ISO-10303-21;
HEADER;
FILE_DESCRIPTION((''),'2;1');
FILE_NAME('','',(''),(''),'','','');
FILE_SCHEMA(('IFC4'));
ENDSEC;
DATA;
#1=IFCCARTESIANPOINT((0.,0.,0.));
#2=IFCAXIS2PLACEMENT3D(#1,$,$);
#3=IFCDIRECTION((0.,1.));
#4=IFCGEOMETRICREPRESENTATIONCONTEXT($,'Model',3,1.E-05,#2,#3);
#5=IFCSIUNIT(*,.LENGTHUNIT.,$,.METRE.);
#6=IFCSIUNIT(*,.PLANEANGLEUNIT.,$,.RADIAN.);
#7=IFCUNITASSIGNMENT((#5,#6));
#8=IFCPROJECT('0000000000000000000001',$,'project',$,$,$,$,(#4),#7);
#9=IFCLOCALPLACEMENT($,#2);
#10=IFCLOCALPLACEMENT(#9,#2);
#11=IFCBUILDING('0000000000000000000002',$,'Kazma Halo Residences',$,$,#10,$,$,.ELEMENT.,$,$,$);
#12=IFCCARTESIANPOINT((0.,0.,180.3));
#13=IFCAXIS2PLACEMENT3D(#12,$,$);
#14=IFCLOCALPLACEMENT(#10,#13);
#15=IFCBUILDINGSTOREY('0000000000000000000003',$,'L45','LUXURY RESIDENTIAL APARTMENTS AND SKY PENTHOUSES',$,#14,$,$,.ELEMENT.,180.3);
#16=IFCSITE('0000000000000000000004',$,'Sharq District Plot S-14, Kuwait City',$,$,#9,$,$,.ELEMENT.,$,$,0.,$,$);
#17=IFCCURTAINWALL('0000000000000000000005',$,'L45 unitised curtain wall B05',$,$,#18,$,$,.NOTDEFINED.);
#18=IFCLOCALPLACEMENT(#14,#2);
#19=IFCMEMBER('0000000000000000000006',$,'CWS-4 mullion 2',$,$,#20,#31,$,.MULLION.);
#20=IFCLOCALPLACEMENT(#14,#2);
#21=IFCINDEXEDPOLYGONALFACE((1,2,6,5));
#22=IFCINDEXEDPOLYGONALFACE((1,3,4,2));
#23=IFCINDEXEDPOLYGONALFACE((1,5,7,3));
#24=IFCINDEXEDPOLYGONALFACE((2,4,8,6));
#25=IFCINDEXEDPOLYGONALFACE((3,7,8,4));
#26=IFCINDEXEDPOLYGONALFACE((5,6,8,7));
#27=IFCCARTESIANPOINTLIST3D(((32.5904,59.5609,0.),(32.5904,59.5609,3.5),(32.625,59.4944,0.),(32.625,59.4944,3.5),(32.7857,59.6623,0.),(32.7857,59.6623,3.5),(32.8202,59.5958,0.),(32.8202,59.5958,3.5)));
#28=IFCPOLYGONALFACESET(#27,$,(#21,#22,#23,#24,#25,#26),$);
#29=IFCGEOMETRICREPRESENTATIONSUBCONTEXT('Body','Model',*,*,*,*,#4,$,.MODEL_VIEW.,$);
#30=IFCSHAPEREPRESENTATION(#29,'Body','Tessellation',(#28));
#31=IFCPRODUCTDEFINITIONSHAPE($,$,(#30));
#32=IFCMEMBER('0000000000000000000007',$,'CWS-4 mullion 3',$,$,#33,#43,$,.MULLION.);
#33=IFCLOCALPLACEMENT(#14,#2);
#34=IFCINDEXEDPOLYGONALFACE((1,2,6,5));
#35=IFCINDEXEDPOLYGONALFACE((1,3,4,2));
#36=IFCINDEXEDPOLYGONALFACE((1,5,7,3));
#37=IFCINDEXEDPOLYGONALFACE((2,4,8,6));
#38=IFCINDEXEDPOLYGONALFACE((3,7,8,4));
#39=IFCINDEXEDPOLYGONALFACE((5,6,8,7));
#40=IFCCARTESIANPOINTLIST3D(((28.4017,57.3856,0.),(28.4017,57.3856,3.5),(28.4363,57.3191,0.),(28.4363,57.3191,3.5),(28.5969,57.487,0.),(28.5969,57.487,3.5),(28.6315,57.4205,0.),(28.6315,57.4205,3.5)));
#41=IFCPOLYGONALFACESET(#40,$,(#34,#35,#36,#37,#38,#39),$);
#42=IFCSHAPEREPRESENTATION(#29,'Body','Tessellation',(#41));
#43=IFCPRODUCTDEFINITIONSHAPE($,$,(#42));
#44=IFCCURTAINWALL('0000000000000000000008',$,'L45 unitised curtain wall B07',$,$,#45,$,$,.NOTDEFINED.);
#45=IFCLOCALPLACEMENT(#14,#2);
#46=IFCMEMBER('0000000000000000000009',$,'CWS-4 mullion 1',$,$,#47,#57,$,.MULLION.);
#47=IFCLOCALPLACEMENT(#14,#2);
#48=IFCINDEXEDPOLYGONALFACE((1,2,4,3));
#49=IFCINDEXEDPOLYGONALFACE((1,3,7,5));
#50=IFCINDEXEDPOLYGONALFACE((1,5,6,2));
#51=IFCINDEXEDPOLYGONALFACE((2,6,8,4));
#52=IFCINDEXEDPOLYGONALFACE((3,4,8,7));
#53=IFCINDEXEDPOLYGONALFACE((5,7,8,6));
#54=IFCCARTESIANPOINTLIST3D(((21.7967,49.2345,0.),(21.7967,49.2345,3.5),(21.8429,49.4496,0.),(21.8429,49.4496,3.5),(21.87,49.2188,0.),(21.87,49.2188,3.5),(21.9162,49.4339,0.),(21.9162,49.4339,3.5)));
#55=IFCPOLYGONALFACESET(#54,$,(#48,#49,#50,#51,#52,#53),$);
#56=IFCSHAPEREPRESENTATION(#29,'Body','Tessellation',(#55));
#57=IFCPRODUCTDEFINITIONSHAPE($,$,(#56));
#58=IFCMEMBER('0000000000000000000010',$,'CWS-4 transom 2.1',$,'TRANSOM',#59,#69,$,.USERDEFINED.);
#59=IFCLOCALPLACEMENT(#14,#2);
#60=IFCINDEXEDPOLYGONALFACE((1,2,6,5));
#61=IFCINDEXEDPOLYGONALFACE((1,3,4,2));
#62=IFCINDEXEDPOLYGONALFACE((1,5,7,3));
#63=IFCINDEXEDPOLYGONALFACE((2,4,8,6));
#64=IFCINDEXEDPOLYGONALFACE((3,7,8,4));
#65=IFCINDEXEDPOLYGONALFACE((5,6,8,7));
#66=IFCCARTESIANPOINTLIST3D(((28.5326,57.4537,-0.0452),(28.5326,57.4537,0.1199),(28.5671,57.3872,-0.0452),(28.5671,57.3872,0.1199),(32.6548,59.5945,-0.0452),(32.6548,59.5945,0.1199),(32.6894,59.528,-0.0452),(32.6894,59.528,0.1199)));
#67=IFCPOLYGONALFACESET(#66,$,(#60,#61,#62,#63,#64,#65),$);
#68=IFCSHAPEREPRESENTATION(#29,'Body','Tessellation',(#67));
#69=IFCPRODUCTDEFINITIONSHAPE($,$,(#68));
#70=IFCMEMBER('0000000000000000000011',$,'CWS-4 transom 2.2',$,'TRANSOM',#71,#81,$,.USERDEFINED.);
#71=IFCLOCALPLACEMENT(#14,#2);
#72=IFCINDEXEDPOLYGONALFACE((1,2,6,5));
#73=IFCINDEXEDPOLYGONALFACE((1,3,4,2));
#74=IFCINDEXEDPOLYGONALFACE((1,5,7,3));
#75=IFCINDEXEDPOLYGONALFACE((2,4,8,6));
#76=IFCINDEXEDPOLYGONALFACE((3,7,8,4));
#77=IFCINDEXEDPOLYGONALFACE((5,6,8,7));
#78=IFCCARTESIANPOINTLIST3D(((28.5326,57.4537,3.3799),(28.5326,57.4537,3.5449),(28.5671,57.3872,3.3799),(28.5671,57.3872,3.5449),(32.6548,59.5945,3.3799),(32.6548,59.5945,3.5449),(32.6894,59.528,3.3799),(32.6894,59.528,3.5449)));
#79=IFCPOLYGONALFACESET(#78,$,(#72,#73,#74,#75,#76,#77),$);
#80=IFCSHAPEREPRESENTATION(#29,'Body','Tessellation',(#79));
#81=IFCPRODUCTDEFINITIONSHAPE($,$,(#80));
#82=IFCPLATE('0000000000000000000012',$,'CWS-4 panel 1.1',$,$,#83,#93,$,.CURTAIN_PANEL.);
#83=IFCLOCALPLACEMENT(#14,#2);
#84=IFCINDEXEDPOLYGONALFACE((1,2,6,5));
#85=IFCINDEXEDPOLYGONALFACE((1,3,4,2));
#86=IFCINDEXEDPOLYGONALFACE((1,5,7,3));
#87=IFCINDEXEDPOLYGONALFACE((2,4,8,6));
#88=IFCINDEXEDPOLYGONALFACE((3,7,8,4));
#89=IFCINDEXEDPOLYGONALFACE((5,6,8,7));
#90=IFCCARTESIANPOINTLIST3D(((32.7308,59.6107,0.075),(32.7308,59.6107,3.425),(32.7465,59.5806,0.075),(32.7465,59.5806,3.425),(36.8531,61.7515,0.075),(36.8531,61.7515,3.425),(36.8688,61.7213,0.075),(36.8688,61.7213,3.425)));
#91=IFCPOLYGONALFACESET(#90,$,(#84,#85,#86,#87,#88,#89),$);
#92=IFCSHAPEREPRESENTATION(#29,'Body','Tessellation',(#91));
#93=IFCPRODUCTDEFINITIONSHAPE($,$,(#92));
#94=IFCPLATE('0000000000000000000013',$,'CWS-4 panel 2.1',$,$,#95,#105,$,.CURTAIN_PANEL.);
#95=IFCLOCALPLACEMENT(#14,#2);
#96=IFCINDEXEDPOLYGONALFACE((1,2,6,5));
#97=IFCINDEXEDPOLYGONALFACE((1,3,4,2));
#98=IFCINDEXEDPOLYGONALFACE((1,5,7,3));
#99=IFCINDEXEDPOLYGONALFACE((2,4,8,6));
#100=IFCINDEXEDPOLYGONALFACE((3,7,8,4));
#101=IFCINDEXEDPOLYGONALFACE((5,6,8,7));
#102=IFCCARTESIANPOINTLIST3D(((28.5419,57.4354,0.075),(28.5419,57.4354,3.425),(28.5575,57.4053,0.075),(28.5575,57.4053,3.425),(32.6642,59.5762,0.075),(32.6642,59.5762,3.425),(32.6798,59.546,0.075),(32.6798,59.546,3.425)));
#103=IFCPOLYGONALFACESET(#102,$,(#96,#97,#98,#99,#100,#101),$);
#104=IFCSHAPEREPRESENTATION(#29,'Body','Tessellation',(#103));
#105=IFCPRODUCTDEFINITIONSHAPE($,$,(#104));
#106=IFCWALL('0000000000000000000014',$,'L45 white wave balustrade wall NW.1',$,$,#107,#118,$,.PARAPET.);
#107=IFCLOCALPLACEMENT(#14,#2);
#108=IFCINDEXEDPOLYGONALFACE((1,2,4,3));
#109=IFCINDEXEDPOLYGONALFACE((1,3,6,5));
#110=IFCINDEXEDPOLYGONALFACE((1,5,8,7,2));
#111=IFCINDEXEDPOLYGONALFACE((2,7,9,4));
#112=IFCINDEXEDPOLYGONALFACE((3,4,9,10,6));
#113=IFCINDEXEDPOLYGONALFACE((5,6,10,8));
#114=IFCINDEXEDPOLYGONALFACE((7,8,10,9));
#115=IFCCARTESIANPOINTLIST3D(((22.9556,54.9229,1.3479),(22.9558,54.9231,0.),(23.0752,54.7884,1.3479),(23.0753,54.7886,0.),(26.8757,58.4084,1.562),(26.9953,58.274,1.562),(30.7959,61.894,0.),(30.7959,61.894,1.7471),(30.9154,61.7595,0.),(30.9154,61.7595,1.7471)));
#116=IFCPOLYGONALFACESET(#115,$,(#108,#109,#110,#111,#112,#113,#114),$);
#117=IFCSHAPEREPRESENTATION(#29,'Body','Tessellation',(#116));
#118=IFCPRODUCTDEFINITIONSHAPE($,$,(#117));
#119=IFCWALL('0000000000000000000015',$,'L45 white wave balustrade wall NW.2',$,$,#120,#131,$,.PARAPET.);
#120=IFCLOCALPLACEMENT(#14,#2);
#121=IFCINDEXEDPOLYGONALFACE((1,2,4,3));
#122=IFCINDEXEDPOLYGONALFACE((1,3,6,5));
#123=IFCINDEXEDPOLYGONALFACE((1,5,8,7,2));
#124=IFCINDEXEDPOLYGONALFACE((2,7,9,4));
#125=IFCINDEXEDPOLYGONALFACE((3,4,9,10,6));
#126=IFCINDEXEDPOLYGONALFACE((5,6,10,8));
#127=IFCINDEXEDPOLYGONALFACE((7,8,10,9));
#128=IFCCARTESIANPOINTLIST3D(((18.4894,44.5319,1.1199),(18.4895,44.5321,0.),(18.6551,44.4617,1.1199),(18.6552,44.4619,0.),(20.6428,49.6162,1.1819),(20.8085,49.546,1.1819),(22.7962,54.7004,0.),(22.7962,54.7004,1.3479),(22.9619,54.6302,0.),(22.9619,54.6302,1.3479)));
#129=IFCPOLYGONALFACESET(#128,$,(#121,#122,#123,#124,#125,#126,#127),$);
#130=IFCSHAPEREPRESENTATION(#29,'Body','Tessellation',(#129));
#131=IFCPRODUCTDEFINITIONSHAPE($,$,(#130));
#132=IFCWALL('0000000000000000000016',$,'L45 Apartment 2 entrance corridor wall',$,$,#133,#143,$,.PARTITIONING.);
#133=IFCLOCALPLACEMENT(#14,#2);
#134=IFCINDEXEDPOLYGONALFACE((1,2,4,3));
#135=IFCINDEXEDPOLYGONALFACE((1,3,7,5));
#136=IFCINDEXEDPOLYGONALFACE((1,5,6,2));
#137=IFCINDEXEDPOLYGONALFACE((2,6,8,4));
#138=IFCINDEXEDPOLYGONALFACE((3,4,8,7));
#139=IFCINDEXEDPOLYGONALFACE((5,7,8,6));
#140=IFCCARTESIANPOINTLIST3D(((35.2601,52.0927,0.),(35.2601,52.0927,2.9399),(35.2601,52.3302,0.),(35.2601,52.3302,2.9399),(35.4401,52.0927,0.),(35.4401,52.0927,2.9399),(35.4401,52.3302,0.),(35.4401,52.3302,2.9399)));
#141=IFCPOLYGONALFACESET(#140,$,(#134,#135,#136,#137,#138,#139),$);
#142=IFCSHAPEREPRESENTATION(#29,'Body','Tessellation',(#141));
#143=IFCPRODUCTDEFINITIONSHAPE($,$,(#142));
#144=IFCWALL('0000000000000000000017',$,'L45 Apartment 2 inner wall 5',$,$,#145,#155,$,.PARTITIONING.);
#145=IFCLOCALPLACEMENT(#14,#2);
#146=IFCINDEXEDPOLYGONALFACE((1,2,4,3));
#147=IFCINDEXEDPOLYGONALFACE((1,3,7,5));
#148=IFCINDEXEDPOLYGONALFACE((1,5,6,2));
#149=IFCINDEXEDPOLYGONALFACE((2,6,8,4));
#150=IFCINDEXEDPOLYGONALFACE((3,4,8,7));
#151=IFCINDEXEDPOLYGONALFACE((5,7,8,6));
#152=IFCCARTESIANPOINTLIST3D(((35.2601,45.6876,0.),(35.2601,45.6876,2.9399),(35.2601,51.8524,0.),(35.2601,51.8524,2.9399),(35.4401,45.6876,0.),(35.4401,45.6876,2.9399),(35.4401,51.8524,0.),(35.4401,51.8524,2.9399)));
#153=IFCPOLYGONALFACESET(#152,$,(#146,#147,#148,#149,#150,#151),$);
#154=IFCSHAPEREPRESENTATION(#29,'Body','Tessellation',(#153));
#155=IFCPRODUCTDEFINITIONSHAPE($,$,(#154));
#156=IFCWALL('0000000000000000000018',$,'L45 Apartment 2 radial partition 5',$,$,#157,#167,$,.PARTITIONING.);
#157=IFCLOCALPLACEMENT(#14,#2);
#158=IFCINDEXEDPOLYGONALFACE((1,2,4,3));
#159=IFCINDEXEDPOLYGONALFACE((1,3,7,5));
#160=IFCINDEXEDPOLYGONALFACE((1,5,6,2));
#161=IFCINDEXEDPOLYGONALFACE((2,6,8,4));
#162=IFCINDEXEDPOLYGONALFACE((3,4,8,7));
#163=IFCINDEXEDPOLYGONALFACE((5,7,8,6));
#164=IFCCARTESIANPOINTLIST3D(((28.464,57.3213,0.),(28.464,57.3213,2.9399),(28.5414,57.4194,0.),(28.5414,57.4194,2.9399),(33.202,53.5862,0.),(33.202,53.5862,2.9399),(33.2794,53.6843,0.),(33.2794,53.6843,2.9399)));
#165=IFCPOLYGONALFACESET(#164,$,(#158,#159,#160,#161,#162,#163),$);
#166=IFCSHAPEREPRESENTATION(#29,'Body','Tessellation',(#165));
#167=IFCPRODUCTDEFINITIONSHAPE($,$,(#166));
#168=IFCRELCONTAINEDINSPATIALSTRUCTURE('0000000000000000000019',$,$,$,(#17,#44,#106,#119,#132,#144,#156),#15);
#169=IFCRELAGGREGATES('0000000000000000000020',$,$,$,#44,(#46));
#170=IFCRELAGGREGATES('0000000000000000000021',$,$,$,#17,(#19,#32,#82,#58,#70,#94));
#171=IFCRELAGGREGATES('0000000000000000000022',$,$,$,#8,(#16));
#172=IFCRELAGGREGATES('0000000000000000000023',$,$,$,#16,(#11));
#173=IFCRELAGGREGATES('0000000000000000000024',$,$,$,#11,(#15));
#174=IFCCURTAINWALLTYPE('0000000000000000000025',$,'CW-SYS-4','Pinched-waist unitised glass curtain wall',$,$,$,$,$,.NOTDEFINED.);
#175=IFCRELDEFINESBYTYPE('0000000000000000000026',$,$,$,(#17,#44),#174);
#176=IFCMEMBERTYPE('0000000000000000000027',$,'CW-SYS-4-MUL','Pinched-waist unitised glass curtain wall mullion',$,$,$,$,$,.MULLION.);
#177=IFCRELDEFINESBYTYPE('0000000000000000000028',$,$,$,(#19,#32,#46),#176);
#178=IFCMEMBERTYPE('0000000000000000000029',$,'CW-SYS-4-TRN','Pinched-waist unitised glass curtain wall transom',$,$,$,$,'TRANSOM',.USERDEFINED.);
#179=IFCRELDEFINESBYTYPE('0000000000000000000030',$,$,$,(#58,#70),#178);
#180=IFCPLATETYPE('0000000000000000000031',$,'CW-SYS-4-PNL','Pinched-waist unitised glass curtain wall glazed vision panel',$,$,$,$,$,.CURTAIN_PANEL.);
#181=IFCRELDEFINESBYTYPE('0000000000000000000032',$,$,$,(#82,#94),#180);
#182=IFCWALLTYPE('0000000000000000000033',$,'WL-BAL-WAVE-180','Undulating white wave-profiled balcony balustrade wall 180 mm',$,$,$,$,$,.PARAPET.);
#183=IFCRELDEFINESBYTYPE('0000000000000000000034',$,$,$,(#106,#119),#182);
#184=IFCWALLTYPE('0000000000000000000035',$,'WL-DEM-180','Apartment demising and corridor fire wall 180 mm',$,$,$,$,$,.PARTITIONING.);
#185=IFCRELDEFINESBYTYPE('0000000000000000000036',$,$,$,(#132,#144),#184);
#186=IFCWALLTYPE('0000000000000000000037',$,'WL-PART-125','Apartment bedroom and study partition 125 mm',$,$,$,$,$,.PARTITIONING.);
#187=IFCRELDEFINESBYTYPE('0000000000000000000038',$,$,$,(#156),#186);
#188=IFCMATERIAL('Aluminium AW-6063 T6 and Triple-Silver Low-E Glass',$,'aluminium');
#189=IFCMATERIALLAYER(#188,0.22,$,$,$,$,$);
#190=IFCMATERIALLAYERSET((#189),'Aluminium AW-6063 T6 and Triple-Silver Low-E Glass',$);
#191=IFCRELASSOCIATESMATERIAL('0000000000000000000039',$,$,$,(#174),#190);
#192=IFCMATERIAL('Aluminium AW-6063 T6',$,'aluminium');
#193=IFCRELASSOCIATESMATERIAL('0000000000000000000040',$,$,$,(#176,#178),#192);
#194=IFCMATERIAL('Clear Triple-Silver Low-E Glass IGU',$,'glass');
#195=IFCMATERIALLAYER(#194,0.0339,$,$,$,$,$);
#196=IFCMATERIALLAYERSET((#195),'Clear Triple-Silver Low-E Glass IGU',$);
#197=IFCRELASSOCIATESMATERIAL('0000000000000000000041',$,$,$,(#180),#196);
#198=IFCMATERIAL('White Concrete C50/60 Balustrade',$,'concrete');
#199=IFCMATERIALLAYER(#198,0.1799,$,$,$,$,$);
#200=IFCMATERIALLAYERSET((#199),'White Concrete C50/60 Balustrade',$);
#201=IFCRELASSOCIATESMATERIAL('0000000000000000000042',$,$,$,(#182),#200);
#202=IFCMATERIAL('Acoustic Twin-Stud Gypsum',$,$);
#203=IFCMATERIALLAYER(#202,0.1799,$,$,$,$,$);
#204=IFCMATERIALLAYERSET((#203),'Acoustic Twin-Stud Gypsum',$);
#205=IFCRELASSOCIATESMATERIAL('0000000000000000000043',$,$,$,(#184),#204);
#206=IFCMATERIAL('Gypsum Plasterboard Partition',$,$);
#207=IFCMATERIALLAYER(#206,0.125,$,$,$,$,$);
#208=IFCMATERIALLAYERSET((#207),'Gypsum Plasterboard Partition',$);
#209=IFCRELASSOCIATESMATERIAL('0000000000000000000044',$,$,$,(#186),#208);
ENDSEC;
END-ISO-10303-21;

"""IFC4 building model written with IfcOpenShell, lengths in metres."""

from ifc_helpers import new_model, si_unit, direction, frame, frame_2d, origin, origin_2d, place, context, subcontext, project, spatial, polyline, rectangle, outline, extrude, material, layer, layer_set, material_profile, profile_set, type_object, element, aggregate, save


model = new_model("IFC4")

# Units and contexts
model_context = context("Model", 3, precision=1e-05, world=origin(), true_north=direction((0.0, 1.0)))
body_context = subcontext(model_context, "Body", "Model", "MODEL_VIEW")
ifc_project = project(units=[si_unit("LENGTHUNIT", "METRE"), si_unit("PLANEANGLEUNIT", "RADIAN")], contexts=[model_context])

# Site, building, storey
site_placement = place(None, origin())
site = spatial("IfcSite", under=ifc_project, at=site_placement, Name="Sharq District Plot S-14, Kuwait City", CompositionType="ELEMENT", RefElevation=0.0)
building_placement = place(site_placement, origin())
building = spatial("IfcBuilding", under=site, at=building_placement, Name="Kazma Halo Residences", CompositionType="ELEMENT")
storey_placement = place(building_placement, frame((0.0, 0.0, 180.3)))
storey = spatial("IfcBuildingStorey", under=building, at=storey_placement, Name="L45", Description="LUXURY RESIDENTIAL APARTMENTS AND SKY PENTHOUSES", CompositionType="ELEMENT", Elevation=180.3)

# Curtain wall, members
ifc_material_1 = material(Name="Aluminium AW-6063 T6 and Triple-Silver Low-E Glass", Category="aluminium")
ifc_layer_1 = layer(ifc_material_1, 0.22)
ifc_layer_set_1 = layer_set([ifc_layer_1], Name="Aluminium AW-6063 T6 and Triple-Silver Low-E Glass")
curtain_wall_type = type_object("IfcCurtainWallType", Name="CW-SYS-4", Description="Pinched-waist unitised glass curtain wall", PredefinedType="NOTDEFINED", material=ifc_layer_set_1)
curtain_wall_1_placement = place(storey_placement, origin())
curtain_wall_1 = element("IfcCurtainWall", 1, at=curtain_wall_1_placement, inside=storey, type_object=curtain_wall_type, Name="L45 unitised curtain wall B05", PredefinedType="NOTDEFINED")
ifc_material_2 = material(Name="Aluminium AW-6063 T6", Category="aluminium")
ifc_material_profile_1 = material_profile(ifc_material_2, rectangle(XDim=0.075, YDim=0.22, at=origin_2d()), Name="CWM-75x220")
ifc_profile_set_1 = profile_set([ifc_material_profile_1], Name="Aluminium AW-6063 T6")
member_type_1 = type_object("IfcMemberType", Name="CW-SYS-4-MUL", Description="Pinched-waist unitised glass curtain wall mullion", PredefinedType="MULLION", material=ifc_profile_set_1)
member_1_placement = place(storey_placement, frame((32.7053, 59.5784, 0.0), z_axis=(0.0, 0.0, 1.0), x_axis=(0.460874, -0.887466, 0.0)))
member_1 = element("IfcMember", 2, at=member_1_placement, type_object=member_type_1, Name="CWS-4 mullion 2", PredefinedType="MULLION", context=body_context, shape_type="SweptSolid", body=[
    extrude(rectangle(XDim=0.075, YDim=0.22, at=origin_2d()), origin(), (0.0, 0.0, 1.0), 3.5),
])
member_2_placement = place(storey_placement, frame((28.5166, 57.4031, 0.0), z_axis=(0.0, 0.0, 1.0), x_axis=(0.460874, -0.887466, 0.0)))
member_2 = element("IfcMember", 3, at=member_2_placement, type_object=member_type_1, Name="CWS-4 mullion 3", PredefinedType="MULLION", context=body_context, shape_type="SweptSolid", body=[
    extrude(rectangle(XDim=0.075, YDim=0.22, at=origin_2d()), origin(), (0.0, 0.0, 1.0), 3.5),
])

# Curtain wall, member
curtain_wall_2_placement = place(storey_placement, origin())
curtain_wall_2 = element("IfcCurtainWall", 4, at=curtain_wall_2_placement, inside=storey, type_object=curtain_wall_type, Name="L45 unitised curtain wall B07", PredefinedType="NOTDEFINED")
member_3_placement = place(storey_placement, frame((21.8564, 49.3342, 0.0), z_axis=(0.0, 0.0, 1.0), x_axis=(0.977768, -0.20969, 0.0)))
member_3 = element("IfcMember", 5, at=member_3_placement, type_object=member_type_1, Name="CWS-4 mullion 1", PredefinedType="MULLION", context=body_context, shape_type="SweptSolid", body=[
    extrude(rectangle(XDim=0.075, YDim=0.22, at=origin_2d()), origin(), (0.0, 0.0, 1.0), 3.5),
])
aggregate(curtain_wall_2, [member_3])

# Members
ifc_material_profile_2 = material_profile(ifc_material_2, rectangle(XDim=0.075, YDim=0.165, at=origin_2d()), Name="CWT-75x165")
ifc_profile_set_2 = profile_set([ifc_material_profile_2], Name="Aluminium AW-6063 T6")
member_type_2 = type_object("IfcMemberType", Name="CW-SYS-4-TRN", Description="Pinched-waist unitised glass curtain wall transom", ElementType="TRANSOM", PredefinedType="USERDEFINED", material=ifc_profile_set_2)
member_4_placement = place(storey_placement, frame((32.6721, 59.5613, 0.0374), z_axis=(-0.887458, -0.460889, 0.0), x_axis=(0.460889, -0.887458, 0.0)))
member_4 = element("IfcMember", 6, at=member_4_placement, type_object=member_type_2, Name="CWS-4 transom 2.1", ObjectType="TRANSOM", PredefinedType="USERDEFINED", context=body_context, shape_type="SweptSolid", body=[
    extrude(rectangle(XDim=0.075, YDim=0.165, at=origin_2d()), origin(), (0.0, 0.0, 1.0), 4.645),
])
member_5_placement = place(storey_placement, frame((32.6721, 59.5613, 3.4624), z_axis=(-0.887458, -0.460889, 0.0), x_axis=(0.460889, -0.887458, 0.0)))
member_5 = element("IfcMember", 7, at=member_5_placement, type_object=member_type_2, Name="CWS-4 transom 2.2", ObjectType="TRANSOM", PredefinedType="USERDEFINED", context=body_context, shape_type="SweptSolid", body=[
    extrude(rectangle(XDim=0.075, YDim=0.165, at=origin_2d()), origin(), (0.0, 0.0, 1.0), 4.645),
])

# Plates
ifc_material_3 = material(Name="Clear Triple-Silver Low-E Glass IGU", Category="glass")
ifc_layer_2 = layer(ifc_material_3, 0.0339)
ifc_layer_set_2 = layer_set([ifc_layer_2], Name="Clear Triple-Silver Low-E Glass IGU")
plate_type = type_object("IfcPlateType", Name="CW-SYS-4-PNL", Description="Pinched-waist unitised glass curtain wall glazed vision panel", PredefinedType="CURTAIN_PANEL", material=ifc_layer_set_2)
plate_1_placement = place(storey_placement, frame((34.7998, 60.666, 0.075), z_axis=(0.0, 0.0, 1.0), x_axis=(-0.887466, -0.460874, 0.0)))
plate_1 = element("IfcPlate", 8, at=plate_1_placement, type_object=plate_type, Name="CWS-4 panel 1.1", PredefinedType="CURTAIN_PANEL", context=body_context, shape_type="SweptSolid", body=[
    extrude(rectangle(XDim=4.645, YDim=0.0339, at=origin_2d()), origin(), (0.0, 0.0, 1.0), 3.3501),
])
plate_2_placement = place(storey_placement, frame((30.6108, 58.4907, 0.075), z_axis=(0.0, 0.0, 1.0), x_axis=(-0.887466, -0.460874, 0.0)))
plate_2 = element("IfcPlate", 9, at=plate_2_placement, type_object=plate_type, Name="CWS-4 panel 2.1", PredefinedType="CURTAIN_PANEL", context=body_context, shape_type="SweptSolid", body=[
    extrude(rectangle(XDim=4.645, YDim=0.0339, at=origin_2d()), origin(), (0.0, 0.0, 1.0), 3.3501),
])
aggregate(curtain_wall_1, [member_1, member_2, plate_1, member_4, member_5, plate_2])

# Walls
ifc_material_4 = material(Name="White Concrete C50/60 Balustrade", Category="concrete")
ifc_layer_3 = layer(ifc_material_4, 0.1799)
ifc_layer_set_3 = layer_set([ifc_layer_3], Name="White Concrete C50/60 Balustrade")
wall_type_1 = type_object("IfcWallType", Name="WL-BAL-WAVE-180", Description="Undulating white wave-profiled balcony balustrade wall 180 mm", PredefinedType="PARAPET", material=ifc_layer_set_3)
wall_1_placement = place(storey_placement, frame((30.8557, 61.8267, 0.0), z_axis=(0.0, 0.0, 1.0), x_axis=(-0.747316, -0.664469, 0.0)))
element("IfcWall", 10, at=wall_1_placement, inside=storey, type_object=wall_type_1, Name="L45 white wave balustrade wall NW.1", PredefinedType="PARAPET", context=body_context, shape_type="SweptSolid", body=[
    extrude(outline(polyline([(0.0, 0.0), (10.491, 0.0), (10.4912, 1.3479), (5.2456, 1.562), (0.0, 1.7471), (0.0, 0.0)])), frame((0.0, 0.0898, 0.0), z_axis=(0.0, -1.0, 0.0), x_axis=(1.0, 0.0, 0.0)), (0.0, 0.0, 1.0), 0.1799),
])
wall_2_placement = place(storey_placement, frame((22.8792, 54.6653, 0.0), z_axis=(0.0, 0.0, 1.0), x_axis=(-0.390001, -0.920814, 0.0)))
element("IfcWall", 11, at=wall_2_placement, inside=storey, type_object=wall_type_1, Name="L45 white wave balustrade wall NW.2", PredefinedType="PARAPET", context=body_context, shape_type="SweptSolid", body=[
    extrude(outline(polyline([(0.0, 0.0), (11.0427, 0.0), (11.043, 1.1199), (5.5215, 1.1819), (0.0, 1.3479), (0.0, 0.0)])), frame((0.0, 0.0898, 0.0), z_axis=(0.0, -1.0, 0.0), x_axis=(1.0, 0.0, 0.0)), (0.0, 0.0, 1.0), 0.1799),
])
ifc_material_5 = material(Name="Acoustic Twin-Stud Gypsum")
ifc_layer_4 = layer(ifc_material_5, 0.1799)
ifc_layer_set_4 = layer_set([ifc_layer_4], Name="Acoustic Twin-Stud Gypsum")
wall_type_2 = type_object("IfcWallType", Name="WL-DEM-180", Description="Apartment demising and corridor fire wall 180 mm", PredefinedType="PARTITIONING", material=ifc_layer_set_4)
wall_3_placement = place(storey_placement, frame((35.3501, 52.3301, 0.0), z_axis=(0.0, 0.0, 1.0), x_axis=(0.0, -1.0, 0.0)))
element("IfcWall", 12, at=wall_3_placement, inside=storey, type_object=wall_type_2, Name="L45 Apartment 2 entrance corridor wall", PredefinedType="PARTITIONING", context=body_context, shape_type="SweptSolid", body=[
    extrude(rectangle(XDim=0.2375, YDim=0.1799, at=frame_2d((0.1187, 0.0))), origin(), (0.0, 0.0, 1.0), 2.9399),
])
wall_4_placement = place(storey_placement, frame((35.3501, 51.8525, 0.0), z_axis=(0.0, 0.0, 1.0), x_axis=(0.0, -1.0, 0.0)))
element("IfcWall", 13, at=wall_4_placement, inside=storey, type_object=wall_type_2, Name="L45 Apartment 2 inner wall 5", PredefinedType="PARTITIONING", context=body_context, shape_type="SweptSolid", body=[
    extrude(rectangle(XDim=6.1648, YDim=0.1799, at=frame_2d((3.0825, 0.0))), origin(), (0.0, 0.0, 1.0), 2.9399),
])

# Wall
ifc_material_6 = material(Name="Gypsum Plasterboard Partition")
ifc_layer_5 = layer(ifc_material_6, 0.125)
ifc_layer_set_5 = layer_set([ifc_layer_5], Name="Gypsum Plasterboard Partition")
wall_type_3 = type_object("IfcWallType", Name="WL-PART-125", Description="Apartment bedroom and study partition 125 mm", PredefinedType="PARTITIONING", material=ifc_layer_set_5)
wall_5_placement = place(storey_placement, frame((33.2407, 53.6353, 0.0), z_axis=(0.0, 0.0, 1.0), x_axis=(-0.785322, 0.619088, 0.0)))
element("IfcWall", 14, at=wall_5_placement, inside=storey, type_object=wall_type_3, Name="L45 Apartment 2 radial partition 5", PredefinedType="PARTITIONING", context=body_context, shape_type="SweptSolid", body=[
    extrude(rectangle(XDim=6.0332, YDim=0.125, at=frame_2d((3.0166, 0.0))), origin(), (0.0, 0.0, 1.0), 2.9399),
])

save(model, "model.ifc")
